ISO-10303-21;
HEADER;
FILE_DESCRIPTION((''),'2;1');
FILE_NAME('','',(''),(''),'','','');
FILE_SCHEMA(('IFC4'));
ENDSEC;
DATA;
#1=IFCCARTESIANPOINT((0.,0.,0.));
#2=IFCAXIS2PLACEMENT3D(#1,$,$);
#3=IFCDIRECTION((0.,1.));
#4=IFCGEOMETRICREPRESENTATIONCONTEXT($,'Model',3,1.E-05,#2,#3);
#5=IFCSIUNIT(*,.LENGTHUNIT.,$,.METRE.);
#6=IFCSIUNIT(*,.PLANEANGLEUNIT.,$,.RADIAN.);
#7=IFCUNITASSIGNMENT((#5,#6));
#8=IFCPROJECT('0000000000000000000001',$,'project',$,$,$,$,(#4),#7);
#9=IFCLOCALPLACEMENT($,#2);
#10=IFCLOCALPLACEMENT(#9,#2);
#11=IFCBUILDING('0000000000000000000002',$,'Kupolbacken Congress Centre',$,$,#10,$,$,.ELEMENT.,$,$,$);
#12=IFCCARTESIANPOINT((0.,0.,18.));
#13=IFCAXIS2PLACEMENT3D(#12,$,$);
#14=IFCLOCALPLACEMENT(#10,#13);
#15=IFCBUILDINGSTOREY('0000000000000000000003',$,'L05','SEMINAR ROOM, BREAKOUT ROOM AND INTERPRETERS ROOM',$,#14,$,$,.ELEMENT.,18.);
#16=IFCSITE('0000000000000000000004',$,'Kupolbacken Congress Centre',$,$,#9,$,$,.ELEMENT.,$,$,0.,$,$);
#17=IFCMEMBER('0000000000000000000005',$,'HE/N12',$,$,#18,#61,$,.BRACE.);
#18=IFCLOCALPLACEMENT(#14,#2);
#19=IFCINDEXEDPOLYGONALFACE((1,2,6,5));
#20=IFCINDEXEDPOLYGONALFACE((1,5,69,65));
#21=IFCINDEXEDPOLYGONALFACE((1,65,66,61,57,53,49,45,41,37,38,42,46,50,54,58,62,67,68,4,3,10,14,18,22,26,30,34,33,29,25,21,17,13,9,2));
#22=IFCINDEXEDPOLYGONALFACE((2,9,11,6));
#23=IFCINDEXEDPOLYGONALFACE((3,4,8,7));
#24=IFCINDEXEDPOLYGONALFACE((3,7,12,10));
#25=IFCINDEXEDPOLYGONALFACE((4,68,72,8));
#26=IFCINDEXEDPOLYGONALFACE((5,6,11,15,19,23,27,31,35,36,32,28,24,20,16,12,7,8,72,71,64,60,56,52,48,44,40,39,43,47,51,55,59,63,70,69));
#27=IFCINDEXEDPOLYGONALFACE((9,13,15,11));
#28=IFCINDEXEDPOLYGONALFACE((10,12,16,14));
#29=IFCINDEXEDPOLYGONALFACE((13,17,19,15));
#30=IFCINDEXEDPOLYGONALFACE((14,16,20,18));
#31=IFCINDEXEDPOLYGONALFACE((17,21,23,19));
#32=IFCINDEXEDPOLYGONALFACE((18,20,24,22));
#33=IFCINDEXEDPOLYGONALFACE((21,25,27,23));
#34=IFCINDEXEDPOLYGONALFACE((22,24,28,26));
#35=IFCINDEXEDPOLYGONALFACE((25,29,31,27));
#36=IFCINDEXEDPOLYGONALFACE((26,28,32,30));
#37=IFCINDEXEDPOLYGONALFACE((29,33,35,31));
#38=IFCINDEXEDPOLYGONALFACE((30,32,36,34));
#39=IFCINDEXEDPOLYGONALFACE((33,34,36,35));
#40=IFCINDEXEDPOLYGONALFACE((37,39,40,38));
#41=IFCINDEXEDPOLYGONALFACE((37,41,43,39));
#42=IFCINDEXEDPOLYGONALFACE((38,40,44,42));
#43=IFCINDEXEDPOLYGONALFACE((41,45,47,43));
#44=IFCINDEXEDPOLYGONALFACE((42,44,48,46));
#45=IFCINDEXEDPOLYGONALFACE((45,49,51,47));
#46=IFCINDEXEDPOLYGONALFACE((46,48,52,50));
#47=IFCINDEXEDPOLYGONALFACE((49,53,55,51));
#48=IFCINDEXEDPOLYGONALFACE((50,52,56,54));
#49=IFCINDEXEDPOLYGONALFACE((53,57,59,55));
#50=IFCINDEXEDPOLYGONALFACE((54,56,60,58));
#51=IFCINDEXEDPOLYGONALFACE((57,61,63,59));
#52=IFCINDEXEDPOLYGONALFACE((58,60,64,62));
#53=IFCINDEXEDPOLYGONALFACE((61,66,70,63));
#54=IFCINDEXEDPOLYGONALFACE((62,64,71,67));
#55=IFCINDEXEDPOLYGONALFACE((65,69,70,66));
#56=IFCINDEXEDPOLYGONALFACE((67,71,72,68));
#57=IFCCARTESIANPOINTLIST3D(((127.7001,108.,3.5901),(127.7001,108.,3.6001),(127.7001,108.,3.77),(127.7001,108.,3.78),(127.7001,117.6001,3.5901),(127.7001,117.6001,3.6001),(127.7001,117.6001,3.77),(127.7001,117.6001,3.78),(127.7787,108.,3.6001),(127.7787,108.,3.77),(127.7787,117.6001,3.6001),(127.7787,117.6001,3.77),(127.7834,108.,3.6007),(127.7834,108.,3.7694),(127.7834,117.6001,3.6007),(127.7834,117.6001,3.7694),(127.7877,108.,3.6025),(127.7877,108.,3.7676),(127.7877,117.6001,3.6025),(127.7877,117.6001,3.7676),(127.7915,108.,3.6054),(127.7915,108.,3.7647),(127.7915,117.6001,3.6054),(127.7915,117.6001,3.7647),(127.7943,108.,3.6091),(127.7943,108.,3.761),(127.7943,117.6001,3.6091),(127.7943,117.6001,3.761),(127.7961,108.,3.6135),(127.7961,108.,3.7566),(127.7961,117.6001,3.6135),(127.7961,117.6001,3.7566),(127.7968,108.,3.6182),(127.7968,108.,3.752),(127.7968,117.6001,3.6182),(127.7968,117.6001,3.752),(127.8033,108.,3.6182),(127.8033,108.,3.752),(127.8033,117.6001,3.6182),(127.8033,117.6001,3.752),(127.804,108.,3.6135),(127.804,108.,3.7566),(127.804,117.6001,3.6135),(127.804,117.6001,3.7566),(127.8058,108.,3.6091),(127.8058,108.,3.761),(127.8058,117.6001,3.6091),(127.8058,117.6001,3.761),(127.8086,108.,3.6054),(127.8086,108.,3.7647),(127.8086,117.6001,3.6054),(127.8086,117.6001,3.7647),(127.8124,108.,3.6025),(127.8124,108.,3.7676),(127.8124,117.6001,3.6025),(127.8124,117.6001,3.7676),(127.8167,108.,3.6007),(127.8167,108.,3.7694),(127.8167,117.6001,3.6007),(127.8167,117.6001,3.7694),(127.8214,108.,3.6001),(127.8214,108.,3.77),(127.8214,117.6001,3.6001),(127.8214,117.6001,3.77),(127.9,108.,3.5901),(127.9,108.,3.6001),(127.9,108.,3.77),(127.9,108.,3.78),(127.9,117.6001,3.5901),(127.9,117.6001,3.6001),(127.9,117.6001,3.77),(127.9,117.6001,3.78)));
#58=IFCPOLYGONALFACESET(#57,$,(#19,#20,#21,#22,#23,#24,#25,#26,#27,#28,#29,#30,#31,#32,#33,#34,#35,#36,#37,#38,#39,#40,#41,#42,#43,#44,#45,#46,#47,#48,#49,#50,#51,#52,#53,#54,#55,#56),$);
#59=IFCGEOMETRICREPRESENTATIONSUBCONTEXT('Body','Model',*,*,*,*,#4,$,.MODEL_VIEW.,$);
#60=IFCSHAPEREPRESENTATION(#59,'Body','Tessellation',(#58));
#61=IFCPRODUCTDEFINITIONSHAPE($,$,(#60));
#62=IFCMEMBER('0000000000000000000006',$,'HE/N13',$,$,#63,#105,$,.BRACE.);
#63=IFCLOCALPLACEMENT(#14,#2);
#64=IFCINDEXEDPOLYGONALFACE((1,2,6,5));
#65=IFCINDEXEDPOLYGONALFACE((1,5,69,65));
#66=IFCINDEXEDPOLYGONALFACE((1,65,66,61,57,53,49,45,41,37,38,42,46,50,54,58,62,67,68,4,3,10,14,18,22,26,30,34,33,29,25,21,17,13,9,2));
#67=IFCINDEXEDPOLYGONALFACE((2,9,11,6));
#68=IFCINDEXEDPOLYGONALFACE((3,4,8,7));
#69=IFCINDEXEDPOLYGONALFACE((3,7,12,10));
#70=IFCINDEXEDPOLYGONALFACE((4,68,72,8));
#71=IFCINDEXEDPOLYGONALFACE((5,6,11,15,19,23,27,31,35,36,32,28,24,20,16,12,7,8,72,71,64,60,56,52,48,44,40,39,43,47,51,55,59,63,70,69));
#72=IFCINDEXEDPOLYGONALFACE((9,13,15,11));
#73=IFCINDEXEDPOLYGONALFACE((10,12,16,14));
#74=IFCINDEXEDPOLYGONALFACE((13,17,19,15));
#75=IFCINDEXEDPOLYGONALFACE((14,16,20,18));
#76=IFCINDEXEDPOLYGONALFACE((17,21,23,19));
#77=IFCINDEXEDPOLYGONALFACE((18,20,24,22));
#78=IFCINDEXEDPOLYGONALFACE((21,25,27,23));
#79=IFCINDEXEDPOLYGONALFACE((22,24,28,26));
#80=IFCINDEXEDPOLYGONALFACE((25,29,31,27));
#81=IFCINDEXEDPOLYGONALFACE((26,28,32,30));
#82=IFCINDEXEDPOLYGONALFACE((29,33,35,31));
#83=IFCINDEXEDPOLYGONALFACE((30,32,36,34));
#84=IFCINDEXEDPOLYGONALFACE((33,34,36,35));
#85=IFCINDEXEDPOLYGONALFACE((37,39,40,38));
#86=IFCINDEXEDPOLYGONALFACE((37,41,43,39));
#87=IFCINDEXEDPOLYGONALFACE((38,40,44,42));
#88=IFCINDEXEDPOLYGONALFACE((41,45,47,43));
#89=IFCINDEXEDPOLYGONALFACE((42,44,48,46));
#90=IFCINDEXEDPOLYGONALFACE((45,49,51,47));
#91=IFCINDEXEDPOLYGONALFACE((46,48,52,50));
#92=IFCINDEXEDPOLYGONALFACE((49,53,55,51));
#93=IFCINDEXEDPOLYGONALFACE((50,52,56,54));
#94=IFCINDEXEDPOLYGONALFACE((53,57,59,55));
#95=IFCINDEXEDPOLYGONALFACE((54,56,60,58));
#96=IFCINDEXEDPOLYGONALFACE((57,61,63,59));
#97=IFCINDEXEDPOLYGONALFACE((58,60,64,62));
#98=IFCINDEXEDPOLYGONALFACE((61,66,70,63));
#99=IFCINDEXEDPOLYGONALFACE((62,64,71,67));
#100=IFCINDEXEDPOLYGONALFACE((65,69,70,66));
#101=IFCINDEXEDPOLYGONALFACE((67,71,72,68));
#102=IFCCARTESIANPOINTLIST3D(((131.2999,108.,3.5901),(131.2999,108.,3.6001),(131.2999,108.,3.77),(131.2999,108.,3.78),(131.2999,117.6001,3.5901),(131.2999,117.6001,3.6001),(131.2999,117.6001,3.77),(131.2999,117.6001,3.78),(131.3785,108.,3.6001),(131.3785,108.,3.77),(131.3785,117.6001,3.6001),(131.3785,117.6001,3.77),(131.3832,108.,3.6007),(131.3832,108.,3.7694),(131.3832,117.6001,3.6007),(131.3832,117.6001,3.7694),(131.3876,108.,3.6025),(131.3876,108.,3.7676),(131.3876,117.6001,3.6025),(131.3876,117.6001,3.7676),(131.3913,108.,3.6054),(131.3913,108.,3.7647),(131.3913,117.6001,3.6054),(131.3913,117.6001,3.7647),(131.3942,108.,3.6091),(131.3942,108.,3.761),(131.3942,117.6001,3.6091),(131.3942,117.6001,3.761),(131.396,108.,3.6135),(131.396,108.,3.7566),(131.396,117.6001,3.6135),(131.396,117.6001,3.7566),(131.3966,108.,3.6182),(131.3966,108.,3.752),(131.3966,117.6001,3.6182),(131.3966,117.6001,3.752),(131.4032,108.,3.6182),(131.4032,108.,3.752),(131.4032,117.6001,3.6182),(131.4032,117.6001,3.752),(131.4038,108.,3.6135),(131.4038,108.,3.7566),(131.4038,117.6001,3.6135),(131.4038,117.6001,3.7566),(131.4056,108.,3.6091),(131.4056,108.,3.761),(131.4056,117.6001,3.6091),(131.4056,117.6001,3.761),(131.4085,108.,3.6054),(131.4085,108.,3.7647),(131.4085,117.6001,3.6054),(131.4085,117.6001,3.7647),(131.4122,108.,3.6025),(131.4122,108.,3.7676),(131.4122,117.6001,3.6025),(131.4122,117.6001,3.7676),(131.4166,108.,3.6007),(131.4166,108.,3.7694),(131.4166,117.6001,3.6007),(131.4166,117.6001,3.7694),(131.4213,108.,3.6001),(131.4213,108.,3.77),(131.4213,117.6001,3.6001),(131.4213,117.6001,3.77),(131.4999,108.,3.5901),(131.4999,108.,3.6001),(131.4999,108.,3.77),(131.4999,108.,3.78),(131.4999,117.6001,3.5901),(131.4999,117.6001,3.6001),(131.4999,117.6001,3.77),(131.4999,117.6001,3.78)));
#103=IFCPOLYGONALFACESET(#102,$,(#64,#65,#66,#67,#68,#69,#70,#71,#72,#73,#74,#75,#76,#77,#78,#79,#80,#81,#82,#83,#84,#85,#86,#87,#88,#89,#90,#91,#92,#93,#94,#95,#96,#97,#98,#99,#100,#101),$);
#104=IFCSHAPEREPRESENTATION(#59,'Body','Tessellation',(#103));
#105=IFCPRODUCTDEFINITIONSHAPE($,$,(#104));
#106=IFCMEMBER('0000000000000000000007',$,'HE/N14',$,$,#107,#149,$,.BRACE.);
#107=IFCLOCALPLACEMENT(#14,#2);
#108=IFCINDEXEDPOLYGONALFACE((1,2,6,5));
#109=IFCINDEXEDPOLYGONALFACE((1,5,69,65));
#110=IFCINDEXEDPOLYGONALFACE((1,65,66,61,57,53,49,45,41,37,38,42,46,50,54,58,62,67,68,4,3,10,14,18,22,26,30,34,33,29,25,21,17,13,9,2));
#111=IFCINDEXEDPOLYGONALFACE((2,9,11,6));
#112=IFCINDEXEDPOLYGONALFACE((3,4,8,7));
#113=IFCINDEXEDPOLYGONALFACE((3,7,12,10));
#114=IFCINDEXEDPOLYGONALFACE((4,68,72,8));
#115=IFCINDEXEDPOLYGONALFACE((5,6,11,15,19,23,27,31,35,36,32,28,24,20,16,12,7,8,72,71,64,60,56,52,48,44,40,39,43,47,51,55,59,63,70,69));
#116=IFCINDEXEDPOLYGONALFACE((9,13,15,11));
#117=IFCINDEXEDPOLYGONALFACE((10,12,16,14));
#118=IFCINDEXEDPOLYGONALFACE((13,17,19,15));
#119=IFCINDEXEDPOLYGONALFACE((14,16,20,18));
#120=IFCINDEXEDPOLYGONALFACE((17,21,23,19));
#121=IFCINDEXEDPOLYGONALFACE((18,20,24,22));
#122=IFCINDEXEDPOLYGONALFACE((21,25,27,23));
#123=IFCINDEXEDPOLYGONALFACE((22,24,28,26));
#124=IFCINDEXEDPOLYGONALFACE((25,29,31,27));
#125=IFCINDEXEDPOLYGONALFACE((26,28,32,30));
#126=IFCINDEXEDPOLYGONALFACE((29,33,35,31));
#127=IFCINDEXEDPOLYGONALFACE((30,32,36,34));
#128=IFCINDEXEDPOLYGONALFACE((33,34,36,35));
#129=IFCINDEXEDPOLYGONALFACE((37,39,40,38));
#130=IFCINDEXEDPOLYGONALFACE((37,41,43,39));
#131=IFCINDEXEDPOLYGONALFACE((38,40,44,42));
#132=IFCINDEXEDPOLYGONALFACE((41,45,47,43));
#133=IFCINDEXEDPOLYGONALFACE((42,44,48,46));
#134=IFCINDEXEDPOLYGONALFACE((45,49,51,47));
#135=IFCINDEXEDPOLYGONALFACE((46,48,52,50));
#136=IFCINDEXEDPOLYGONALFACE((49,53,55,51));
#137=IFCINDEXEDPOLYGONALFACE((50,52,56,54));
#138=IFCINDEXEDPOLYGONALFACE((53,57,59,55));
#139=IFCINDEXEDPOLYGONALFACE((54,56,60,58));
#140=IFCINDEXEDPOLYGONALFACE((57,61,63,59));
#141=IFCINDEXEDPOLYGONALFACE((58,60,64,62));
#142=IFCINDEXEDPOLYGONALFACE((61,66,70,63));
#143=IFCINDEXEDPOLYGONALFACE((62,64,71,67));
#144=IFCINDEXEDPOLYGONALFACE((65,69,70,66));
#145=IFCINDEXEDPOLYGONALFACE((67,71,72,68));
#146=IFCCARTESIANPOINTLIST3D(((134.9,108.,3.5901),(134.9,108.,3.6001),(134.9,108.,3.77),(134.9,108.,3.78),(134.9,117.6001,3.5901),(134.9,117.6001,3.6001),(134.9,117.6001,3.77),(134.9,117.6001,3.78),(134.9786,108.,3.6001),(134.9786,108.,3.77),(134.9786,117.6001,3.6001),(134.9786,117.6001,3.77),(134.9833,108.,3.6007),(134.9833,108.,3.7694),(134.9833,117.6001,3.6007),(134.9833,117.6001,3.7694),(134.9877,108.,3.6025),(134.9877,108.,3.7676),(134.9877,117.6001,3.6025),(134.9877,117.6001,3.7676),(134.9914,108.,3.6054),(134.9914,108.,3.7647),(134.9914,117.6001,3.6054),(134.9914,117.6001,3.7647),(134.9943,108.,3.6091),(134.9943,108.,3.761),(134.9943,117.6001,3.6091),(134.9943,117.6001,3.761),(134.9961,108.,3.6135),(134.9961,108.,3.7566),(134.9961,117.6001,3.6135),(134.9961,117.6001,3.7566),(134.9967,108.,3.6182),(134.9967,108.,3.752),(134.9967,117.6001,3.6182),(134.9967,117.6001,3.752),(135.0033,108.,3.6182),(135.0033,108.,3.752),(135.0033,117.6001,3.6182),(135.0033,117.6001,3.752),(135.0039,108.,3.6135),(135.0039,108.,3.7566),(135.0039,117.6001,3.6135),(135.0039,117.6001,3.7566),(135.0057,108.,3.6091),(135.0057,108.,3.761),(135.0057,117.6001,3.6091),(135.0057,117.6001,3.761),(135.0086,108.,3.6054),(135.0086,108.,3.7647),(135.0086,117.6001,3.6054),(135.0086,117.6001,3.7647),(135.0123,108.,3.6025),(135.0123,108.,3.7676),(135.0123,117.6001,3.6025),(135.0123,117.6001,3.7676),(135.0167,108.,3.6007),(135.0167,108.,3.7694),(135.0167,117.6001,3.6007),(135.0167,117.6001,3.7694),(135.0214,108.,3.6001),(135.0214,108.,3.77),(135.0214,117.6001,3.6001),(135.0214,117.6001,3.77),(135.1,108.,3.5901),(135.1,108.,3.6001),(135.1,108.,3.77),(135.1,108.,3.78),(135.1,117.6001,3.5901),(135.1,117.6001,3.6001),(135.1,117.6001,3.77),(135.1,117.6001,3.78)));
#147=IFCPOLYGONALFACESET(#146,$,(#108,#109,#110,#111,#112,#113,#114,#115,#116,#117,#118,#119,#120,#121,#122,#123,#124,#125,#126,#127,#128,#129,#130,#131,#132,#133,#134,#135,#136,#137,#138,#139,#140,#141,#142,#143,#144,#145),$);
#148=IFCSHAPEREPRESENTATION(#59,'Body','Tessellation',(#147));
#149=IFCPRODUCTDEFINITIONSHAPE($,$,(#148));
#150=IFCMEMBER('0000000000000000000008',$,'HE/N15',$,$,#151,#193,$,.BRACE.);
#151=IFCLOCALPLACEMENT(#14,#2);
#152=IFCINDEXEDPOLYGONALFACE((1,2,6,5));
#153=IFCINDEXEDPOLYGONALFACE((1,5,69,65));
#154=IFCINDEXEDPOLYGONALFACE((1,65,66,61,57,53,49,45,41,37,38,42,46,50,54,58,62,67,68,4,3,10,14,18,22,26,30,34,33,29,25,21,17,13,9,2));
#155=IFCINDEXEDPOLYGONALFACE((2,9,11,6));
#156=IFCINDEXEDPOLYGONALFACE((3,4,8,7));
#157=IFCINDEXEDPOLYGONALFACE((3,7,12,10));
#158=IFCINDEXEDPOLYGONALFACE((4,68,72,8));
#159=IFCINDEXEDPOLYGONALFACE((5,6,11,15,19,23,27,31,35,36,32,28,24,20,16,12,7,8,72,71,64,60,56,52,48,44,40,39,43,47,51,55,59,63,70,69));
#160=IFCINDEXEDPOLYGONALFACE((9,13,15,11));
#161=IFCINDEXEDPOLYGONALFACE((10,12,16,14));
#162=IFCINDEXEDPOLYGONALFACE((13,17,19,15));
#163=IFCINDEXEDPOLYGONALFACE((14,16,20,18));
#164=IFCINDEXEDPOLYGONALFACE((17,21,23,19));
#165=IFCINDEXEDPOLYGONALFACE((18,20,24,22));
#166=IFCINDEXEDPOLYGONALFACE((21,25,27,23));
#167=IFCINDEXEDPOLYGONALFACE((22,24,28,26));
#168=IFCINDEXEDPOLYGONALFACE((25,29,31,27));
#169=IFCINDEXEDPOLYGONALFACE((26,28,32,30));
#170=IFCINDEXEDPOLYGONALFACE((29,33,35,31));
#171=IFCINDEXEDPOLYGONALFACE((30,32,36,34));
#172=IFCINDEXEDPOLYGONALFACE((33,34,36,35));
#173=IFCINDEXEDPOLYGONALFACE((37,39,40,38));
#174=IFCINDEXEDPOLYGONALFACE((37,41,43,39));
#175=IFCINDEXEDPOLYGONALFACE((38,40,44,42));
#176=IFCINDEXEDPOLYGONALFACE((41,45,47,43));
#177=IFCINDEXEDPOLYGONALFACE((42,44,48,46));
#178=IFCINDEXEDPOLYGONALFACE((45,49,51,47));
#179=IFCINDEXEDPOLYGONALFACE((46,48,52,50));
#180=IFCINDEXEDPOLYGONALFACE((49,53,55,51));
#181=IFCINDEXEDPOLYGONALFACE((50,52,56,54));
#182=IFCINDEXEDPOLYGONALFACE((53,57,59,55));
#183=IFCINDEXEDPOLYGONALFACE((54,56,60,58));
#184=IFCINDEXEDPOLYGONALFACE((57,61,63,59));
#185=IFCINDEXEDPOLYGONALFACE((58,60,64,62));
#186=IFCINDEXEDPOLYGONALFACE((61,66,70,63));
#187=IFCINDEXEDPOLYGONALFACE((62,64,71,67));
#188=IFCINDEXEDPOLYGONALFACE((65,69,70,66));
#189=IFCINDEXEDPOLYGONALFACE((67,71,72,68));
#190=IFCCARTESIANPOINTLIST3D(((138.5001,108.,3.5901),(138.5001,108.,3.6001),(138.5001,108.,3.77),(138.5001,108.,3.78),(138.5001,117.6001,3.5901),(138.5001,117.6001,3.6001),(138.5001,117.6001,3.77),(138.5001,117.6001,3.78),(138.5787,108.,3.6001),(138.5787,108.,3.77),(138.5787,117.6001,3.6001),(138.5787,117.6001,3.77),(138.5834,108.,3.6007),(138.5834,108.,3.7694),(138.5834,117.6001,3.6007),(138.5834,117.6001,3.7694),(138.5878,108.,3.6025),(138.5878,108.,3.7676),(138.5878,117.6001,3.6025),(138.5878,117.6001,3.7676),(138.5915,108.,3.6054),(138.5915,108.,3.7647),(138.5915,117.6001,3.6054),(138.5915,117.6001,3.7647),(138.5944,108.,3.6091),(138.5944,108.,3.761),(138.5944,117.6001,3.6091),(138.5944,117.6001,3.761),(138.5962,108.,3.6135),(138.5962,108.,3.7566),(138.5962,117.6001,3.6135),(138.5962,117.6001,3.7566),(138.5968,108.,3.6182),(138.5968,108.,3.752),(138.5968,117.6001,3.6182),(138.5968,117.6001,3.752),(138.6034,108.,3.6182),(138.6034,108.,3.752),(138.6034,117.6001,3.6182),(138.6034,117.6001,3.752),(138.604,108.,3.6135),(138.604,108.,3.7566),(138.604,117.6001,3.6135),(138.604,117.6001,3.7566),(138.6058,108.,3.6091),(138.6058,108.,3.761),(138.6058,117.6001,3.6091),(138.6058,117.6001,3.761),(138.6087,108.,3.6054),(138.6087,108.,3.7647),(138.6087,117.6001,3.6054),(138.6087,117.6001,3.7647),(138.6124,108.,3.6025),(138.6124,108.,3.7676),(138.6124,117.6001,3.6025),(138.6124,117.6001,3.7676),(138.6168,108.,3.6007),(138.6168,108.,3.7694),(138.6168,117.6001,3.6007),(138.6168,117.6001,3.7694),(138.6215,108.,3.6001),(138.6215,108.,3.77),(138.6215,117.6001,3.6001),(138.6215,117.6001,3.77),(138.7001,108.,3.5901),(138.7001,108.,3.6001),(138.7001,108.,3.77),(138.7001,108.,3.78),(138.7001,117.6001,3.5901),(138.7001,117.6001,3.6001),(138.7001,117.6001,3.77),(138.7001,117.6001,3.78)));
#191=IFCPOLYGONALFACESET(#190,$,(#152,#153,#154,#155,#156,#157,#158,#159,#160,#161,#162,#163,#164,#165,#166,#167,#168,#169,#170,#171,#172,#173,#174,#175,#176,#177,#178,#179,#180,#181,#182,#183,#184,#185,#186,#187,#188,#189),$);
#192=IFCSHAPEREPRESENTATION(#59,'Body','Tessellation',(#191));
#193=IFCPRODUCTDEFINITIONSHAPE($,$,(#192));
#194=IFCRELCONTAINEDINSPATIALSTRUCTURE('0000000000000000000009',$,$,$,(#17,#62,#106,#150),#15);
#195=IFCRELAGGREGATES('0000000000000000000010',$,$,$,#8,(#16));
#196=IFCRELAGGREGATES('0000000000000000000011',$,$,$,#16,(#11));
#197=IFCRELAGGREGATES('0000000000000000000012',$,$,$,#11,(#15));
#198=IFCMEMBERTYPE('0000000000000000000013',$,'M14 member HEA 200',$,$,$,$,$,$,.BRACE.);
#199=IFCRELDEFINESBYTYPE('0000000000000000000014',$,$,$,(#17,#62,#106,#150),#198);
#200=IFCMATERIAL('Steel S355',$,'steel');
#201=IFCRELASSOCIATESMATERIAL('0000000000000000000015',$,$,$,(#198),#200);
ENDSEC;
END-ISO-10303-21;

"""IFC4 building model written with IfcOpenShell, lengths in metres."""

from ifc_helpers import new_model, si_unit, direction, frame, origin, origin_2d, place, context, subcontext, project, spatial, i_section, extrude, material, material_profile, profile_set, type_object, element, save


model = new_model("IFC4")

# Units and contexts
model_context = context("Model", 3, precision=1e-05, world=origin(), true_north=direction((0.0, 1.0)))
body_context = subcontext(model_context, "Body", "Model", "MODEL_VIEW")
ifc_project = project(units=[si_unit("LENGTHUNIT", "METRE"), si_unit("PLANEANGLEUNIT", "RADIAN")], contexts=[model_context])

# Site, building, storey
site_placement = place(None, origin())
site = spatial("IfcSite", under=ifc_project, at=site_placement, Name="Kupolbacken Congress Centre", CompositionType="ELEMENT", RefElevation=0.0)
building_placement = place(site_placement, origin())
building = spatial("IfcBuilding", under=site, at=building_placement, Name="Kupolbacken Congress Centre", CompositionType="ELEMENT")
storey_placement = place(building_placement, frame((0.0, 0.0, 18.0)))
storey = spatial("IfcBuildingStorey", under=building, at=storey_placement, Name="L05", Description="SEMINAR ROOM, BREAKOUT ROOM AND INTERPRETERS ROOM", CompositionType="ELEMENT", Elevation=18.0)

# Members
ifc_material_1 = material(Name="Steel S355", Category="steel")
ifc_material_profile_1 = material_profile(ifc_material_1, i_section(OverallWidth=0.2, OverallDepth=0.1899, WebThickness=0.0066, FlangeThickness=0.01, FilletRadius=0.0181, at=origin_2d()), Name="HEA 200")
ifc_profile_set_1 = profile_set([ifc_material_profile_1], Name="Steel S355")
member_type_1 = type_object("IfcMemberType", Name="M14 member HEA 200", PredefinedType="BRACE", material=ifc_profile_set_1)
for number, where, z_axis, x_axis, name in (
    (1, (127.8, 108.0, 3.6851), (0.0, 1.0, 0.0), (-1.0, 0.0, 0.0), "HE/N12"),
    (2, (131.3999, 108.0, 3.6851), (0.0, 1.0, 0.0), (-1.0, 0.0, 0.0), "HE/N13"),
    (3, (135.0, 108.0, 3.6851), (0.0, 1.0, 0.0), (-1.0, 0.0, 0.0), "HE/N14"),
    (4, (138.6001, 108.0, 3.6851), (0.0, 1.0, 0.0), (-1.0, 0.0, 0.0), "HE/N15"),
):
    element("IfcMember", number, at=place(storey_placement, frame(where, z_axis=z_axis, x_axis=x_axis)), inside=storey, type_object=member_type_1, Name=name, PredefinedType="BRACE", context=body_context, shape_type="SweptSolid", body=[
        extrude(i_section(OverallWidth=0.2, OverallDepth=0.1899, WebThickness=0.0066, FlangeThickness=0.01, FilletRadius=0.0181, at=origin_2d()), origin(), (0.0, 0.0, 1.0), 9.6001),
    ])

save(model, "model.ifc")
